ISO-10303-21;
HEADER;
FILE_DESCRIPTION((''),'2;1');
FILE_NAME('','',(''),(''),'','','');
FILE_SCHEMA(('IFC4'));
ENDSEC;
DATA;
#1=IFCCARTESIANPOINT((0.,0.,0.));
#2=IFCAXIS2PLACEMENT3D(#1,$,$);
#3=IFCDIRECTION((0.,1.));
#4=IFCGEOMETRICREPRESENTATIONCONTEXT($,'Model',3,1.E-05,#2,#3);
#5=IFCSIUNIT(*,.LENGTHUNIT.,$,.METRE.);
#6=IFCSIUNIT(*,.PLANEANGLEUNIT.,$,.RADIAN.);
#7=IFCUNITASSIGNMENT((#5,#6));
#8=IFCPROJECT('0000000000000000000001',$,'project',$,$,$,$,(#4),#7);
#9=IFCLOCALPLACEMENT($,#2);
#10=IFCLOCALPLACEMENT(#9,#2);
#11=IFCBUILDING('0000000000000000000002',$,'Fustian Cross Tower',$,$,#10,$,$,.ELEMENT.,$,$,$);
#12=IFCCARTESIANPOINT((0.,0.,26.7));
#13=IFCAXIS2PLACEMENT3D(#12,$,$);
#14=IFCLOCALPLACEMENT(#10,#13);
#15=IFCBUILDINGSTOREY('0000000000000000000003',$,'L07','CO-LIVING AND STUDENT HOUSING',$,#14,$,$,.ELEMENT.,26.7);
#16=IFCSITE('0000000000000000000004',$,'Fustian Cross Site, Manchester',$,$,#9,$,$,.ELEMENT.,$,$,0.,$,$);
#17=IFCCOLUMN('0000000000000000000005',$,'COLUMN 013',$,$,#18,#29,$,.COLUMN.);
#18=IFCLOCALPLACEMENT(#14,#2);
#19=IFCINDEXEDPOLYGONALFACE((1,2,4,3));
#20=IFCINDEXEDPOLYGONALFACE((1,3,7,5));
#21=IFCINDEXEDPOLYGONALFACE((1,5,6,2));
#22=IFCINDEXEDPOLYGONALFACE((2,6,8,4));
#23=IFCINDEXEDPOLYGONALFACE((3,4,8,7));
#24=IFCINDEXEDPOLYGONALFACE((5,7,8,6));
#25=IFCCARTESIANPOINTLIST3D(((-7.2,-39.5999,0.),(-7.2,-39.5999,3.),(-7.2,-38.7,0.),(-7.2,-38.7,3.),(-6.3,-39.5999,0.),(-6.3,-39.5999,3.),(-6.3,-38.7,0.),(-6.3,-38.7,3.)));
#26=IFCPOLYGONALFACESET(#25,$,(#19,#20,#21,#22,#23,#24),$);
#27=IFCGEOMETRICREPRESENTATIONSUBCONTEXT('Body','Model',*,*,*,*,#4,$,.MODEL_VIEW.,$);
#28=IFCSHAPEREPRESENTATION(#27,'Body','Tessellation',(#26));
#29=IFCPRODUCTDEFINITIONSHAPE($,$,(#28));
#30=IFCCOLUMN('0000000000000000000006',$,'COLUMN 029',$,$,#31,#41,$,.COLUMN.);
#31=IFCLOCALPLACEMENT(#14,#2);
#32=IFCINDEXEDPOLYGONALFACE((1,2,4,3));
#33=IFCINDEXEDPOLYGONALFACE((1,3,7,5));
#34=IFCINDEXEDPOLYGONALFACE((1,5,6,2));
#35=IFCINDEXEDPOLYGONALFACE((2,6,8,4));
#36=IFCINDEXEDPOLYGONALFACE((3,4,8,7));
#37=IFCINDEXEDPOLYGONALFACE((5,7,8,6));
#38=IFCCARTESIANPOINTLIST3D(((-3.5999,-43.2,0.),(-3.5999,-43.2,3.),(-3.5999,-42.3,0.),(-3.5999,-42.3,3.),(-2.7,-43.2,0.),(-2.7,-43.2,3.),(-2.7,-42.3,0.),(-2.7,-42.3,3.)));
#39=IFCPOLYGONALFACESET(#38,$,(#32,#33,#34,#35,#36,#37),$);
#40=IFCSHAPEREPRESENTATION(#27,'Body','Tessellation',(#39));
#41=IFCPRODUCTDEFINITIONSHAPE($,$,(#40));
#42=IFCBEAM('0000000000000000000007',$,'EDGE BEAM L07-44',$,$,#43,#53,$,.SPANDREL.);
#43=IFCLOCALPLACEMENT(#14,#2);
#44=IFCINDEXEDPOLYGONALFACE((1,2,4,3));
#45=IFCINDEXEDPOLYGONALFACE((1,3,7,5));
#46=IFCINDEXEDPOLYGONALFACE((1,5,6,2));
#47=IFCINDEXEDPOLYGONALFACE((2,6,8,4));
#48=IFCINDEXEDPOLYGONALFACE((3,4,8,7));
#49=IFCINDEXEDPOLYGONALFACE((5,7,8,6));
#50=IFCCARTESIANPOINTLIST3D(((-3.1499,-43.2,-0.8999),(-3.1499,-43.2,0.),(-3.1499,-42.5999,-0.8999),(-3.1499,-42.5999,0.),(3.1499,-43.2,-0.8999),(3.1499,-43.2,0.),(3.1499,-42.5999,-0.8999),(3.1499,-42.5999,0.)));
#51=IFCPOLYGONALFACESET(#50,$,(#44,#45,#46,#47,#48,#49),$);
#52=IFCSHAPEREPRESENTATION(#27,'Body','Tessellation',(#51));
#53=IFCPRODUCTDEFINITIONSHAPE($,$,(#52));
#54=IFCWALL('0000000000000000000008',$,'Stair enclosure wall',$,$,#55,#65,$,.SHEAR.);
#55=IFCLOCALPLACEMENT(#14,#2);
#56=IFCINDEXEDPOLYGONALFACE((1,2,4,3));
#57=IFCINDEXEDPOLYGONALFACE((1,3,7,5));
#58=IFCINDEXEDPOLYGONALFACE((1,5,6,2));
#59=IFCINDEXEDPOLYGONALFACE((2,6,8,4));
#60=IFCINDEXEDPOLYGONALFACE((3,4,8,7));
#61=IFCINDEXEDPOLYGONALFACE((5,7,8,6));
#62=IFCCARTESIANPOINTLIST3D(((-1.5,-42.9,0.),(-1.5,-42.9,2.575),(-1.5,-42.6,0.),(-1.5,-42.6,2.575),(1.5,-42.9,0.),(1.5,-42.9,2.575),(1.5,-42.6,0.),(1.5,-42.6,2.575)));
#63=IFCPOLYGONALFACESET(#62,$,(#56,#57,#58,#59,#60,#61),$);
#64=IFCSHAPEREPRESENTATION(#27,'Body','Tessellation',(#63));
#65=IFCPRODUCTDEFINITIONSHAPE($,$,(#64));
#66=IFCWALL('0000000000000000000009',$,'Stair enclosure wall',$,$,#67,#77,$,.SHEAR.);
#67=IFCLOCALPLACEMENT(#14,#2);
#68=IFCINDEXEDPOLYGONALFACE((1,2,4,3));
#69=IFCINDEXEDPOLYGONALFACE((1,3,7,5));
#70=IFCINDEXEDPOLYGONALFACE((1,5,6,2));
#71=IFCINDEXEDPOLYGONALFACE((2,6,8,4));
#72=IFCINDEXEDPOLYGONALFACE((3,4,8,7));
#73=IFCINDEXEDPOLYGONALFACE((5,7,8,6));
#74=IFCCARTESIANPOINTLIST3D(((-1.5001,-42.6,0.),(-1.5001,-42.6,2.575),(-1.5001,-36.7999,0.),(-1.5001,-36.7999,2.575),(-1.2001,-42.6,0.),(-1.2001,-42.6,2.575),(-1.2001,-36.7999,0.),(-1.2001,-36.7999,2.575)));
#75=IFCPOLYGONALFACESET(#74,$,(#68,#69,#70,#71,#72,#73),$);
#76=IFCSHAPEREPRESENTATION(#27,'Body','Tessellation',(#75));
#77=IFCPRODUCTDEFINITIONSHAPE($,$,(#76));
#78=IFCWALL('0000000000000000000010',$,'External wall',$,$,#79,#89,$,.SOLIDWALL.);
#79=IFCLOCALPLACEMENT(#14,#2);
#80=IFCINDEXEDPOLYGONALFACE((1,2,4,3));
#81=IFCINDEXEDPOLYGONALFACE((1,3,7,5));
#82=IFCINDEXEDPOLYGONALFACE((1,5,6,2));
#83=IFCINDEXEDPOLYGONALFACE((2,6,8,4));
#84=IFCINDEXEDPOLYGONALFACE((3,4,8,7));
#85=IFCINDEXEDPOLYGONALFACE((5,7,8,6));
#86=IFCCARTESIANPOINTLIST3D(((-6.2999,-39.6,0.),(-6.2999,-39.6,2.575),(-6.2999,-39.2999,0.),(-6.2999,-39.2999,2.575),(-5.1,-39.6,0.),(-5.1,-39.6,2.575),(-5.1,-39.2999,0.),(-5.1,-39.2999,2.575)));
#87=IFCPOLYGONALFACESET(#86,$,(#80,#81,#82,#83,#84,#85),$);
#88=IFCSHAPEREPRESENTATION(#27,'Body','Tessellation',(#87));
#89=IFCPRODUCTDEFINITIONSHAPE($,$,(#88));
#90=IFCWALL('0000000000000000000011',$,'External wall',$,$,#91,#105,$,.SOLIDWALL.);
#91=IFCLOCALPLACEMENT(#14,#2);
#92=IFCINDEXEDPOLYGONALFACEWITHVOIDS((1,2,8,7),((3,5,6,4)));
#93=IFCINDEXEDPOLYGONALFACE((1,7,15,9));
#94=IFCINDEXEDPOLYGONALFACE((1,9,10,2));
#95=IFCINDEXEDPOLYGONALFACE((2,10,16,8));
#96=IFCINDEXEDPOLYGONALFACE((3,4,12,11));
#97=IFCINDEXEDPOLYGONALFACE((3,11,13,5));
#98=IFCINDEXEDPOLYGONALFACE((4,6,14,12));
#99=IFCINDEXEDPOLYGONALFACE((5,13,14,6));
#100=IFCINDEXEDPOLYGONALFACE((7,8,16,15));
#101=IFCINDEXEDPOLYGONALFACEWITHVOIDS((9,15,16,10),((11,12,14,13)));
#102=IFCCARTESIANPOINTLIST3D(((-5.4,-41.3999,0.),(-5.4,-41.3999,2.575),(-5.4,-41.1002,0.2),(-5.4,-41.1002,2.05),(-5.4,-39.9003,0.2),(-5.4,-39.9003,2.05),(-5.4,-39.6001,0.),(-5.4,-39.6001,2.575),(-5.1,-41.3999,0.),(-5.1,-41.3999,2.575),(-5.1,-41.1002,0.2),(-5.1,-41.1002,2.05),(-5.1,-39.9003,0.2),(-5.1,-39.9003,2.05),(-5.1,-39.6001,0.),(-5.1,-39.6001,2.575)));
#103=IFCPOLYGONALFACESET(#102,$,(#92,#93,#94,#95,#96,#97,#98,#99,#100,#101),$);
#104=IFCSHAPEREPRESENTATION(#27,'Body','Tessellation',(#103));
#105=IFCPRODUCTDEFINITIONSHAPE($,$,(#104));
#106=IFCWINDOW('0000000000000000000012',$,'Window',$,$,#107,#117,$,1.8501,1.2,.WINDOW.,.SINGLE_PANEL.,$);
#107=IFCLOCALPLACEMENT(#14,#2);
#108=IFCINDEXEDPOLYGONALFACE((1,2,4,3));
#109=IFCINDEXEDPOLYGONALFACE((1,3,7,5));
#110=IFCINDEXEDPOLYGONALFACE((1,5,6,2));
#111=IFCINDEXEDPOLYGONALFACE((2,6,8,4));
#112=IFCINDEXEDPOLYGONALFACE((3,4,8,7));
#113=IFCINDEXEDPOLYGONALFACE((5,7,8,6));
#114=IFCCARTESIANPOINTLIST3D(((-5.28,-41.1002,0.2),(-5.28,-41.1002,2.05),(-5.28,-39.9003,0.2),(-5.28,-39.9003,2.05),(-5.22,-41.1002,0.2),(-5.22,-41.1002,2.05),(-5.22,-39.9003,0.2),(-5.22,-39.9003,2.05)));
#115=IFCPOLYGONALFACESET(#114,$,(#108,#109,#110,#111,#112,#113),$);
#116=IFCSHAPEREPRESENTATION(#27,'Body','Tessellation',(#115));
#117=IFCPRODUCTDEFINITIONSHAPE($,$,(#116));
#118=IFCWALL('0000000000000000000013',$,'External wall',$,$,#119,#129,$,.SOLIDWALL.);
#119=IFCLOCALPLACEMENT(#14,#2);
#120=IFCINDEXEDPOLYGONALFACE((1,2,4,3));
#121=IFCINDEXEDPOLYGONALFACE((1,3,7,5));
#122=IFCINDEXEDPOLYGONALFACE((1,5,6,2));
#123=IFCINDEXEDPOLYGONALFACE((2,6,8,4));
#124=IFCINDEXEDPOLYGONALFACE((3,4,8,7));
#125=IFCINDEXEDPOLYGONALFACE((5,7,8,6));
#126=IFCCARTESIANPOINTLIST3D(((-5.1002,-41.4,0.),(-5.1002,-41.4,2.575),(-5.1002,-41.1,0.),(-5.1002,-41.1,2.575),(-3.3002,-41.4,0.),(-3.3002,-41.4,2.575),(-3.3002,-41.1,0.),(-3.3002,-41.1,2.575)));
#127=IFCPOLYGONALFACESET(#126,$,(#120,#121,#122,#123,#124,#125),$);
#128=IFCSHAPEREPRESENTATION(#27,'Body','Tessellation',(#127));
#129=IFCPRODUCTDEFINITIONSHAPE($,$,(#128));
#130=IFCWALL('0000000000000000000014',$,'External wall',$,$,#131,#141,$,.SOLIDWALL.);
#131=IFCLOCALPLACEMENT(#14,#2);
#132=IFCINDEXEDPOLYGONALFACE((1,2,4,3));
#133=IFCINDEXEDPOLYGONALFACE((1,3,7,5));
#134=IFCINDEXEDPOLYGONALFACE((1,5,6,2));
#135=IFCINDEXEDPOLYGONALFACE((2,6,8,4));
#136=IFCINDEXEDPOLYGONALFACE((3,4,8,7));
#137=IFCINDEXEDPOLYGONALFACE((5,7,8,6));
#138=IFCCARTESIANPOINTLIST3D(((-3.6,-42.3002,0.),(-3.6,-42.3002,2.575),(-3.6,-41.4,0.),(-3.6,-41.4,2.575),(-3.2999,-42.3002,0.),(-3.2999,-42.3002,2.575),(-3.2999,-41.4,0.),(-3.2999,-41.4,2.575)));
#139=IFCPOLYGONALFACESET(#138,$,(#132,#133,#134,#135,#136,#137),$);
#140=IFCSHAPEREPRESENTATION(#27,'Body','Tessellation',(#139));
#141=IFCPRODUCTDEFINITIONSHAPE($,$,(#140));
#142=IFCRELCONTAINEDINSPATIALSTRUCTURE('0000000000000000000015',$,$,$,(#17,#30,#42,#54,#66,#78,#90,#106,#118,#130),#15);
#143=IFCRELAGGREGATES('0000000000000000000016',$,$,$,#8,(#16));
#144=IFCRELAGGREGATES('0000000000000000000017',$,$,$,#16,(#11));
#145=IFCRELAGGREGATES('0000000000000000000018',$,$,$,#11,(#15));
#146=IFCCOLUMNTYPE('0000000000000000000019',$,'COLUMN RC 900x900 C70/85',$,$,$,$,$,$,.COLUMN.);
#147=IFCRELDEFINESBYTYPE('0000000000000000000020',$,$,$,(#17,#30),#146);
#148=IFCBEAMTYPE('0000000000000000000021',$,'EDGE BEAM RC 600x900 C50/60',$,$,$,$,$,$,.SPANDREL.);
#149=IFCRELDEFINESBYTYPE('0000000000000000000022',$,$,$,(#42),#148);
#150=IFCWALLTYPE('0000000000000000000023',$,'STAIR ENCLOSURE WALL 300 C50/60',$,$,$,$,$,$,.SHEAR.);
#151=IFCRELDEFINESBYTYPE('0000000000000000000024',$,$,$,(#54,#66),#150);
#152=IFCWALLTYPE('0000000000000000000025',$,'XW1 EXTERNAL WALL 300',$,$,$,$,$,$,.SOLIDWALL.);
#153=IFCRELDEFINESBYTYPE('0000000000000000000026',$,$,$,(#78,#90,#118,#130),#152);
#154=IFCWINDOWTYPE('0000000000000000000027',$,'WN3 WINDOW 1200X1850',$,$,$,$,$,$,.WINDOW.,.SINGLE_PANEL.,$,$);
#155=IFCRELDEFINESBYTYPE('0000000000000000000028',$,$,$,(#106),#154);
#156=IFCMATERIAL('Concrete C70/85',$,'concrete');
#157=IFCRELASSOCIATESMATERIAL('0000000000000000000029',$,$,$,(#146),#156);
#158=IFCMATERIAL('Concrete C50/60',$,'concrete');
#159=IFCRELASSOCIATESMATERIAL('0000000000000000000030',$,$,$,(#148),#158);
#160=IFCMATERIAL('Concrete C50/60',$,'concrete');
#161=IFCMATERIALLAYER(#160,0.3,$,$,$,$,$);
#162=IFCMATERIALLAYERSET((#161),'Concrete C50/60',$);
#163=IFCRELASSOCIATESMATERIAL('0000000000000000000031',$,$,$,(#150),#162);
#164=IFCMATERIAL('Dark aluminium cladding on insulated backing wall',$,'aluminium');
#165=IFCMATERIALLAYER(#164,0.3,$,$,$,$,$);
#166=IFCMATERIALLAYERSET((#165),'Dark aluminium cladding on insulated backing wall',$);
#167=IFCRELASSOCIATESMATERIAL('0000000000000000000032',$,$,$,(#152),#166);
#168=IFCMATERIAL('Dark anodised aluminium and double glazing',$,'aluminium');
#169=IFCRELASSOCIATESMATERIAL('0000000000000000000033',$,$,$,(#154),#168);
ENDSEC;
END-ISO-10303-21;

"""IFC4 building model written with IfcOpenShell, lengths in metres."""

from ifc_helpers import new_model, si_unit, direction, frame, frame_2d, origin, origin_2d, place, context, subcontext, project, spatial, rectangle, extrude, material, layer, layer_set, material_profile, profile_set, type_object, element, fill, save


model = new_model("IFC4")

# Units and contexts
model_context = context("Model", 3, precision=1e-05, world=origin(), true_north=direction((0.0, 1.0)))
body_context = subcontext(model_context, "Body", "Model", "MODEL_VIEW")
ifc_project = project(units=[si_unit("LENGTHUNIT", "METRE"), si_unit("PLANEANGLEUNIT", "RADIAN")], contexts=[model_context])

# Site, building, storey
site_placement = place(None, origin())
site = spatial("IfcSite", under=ifc_project, at=site_placement, Name="Fustian Cross Site, Manchester", CompositionType="ELEMENT", RefElevation=0.0)
building_placement = place(site_placement, origin())
building = spatial("IfcBuilding", under=site, at=building_placement, Name="Fustian Cross Tower", CompositionType="ELEMENT")
storey_placement = place(building_placement, frame((0.0, 0.0, 26.7)))
storey = spatial("IfcBuildingStorey", under=building, at=storey_placement, Name="L07", Description="CO-LIVING AND STUDENT HOUSING", CompositionType="ELEMENT", Elevation=26.7)

# Columns
ifc_material_1 = material(Name="Concrete C70/85", Category="concrete")
ifc_material_profile_1 = material_profile(ifc_material_1, rectangle(XDim=0.8999, YDim=0.8999, at=origin_2d()), Name="RC 900x900")
ifc_profile_set_1 = profile_set([ifc_material_profile_1], Name="Concrete C70/85")
column_type = type_object("IfcColumnType", Name="COLUMN RC 900x900 C70/85", PredefinedType="COLUMN", material=ifc_profile_set_1)
for number, where, z_axis, x_axis, name in (
    (1, (-6.75, -39.1499, 0.0), (0.0, 0.0, 1.0), (1.0, 0.0, 0.0), "COLUMN 013"),
    (2, (-3.1499, -42.75, 0.0), (0.0, 0.0, 1.0), (1.0, 0.0, 0.0), "COLUMN 029"),
):
    element("IfcColumn", number, at=place(storey_placement, frame(where, z_axis=z_axis, x_axis=x_axis)), inside=storey, type_object=column_type, Name=name, PredefinedType="COLUMN", context=body_context, shape_type="SweptSolid", body=[
        extrude(rectangle(XDim=0.8999, YDim=0.8999, at=origin_2d()), origin(), (0.0, 0.0, 1.0), 3.0),
    ])

# Beam
ifc_material_2 = material(Name="Concrete C50/60", Category="concrete")
ifc_material_profile_2 = material_profile(ifc_material_2, rectangle(XDim=0.6001, YDim=0.8999, at=origin_2d()), Name="RC 600x900")
ifc_profile_set_2 = profile_set([ifc_material_profile_2], Name="Concrete C50/60")
beam_type = type_object("IfcBeamType", Name="EDGE BEAM RC 600x900 C50/60", PredefinedType="SPANDREL", material=ifc_profile_set_2)
beam_placement = place(storey_placement, frame((-3.1499, -42.8999, -0.45), z_axis=(1.0, 0.0, 0.0), x_axis=(0.0, 1.0, 0.0)))
element("IfcBeam", 3, at=beam_placement, inside=storey, type_object=beam_type, Name="EDGE BEAM L07-44", PredefinedType="SPANDREL", context=body_context, shape_type="SweptSolid", body=[
    extrude(rectangle(XDim=0.6001, YDim=0.8999, at=origin_2d()), origin(), (0.0, 0.0, 1.0), 6.2998),
])

# Walls
ifc_material_3 = material(Name="Concrete C50/60", Category="concrete")
ifc_layer_1 = layer(ifc_material_3, 0.3)
ifc_layer_set_1 = layer_set([ifc_layer_1], Name="Concrete C50/60")
wall_type_1 = type_object("IfcWallType", Name="STAIR ENCLOSURE WALL 300 C50/60", PredefinedType="SHEAR", material=ifc_layer_set_1)
wall_1_placement = place(storey_placement, frame((-1.5, -42.75, 0.0), z_axis=(0.0, 0.0, 1.0), x_axis=(1.0, 0.0, 0.0)))
element("IfcWall", 4, at=wall_1_placement, inside=storey, type_object=wall_type_1, Name="Stair enclosure wall", PredefinedType="SHEAR", context=body_context, shape_type="SweptSolid", body=[
    extrude(rectangle(XDim=3.0, YDim=0.3, at=frame_2d((1.5, 0.0))), origin(), (0.0, 0.0, 1.0), 2.575),
])
wall_2_placement = place(storey_placement, frame((-1.3501, -36.8, 0.0), z_axis=(0.0, 0.0, 1.0), x_axis=(0.0, -1.0, 0.0)))
element("IfcWall", 5, at=wall_2_placement, inside=storey, type_object=wall_type_1, Name="Stair enclosure wall", PredefinedType="SHEAR", context=body_context, shape_type="SweptSolid", body=[
    extrude(rectangle(XDim=5.8, YDim=0.3, at=frame_2d((2.8999, 0.0))), origin(), (0.0, 0.0, 1.0), 2.575),
])
ifc_material_4 = material(Name="Dark aluminium cladding on insulated backing wall", Category="aluminium")
ifc_layer_2 = layer(ifc_material_4, 0.3)
ifc_layer_set_2 = layer_set([ifc_layer_2], Name="Dark aluminium cladding on insulated backing wall")
wall_type_2 = type_object("IfcWallType", Name="XW1 EXTERNAL WALL 300", PredefinedType="SOLIDWALL", material=ifc_layer_set_2)
wall_3_placement = place(storey_placement, frame((-6.3, -39.45, 0.0), z_axis=(0.0, 0.0, 1.0), x_axis=(1.0, 0.0, 0.0)))
element("IfcWall", 6, at=wall_3_placement, inside=storey, type_object=wall_type_2, Name="External wall", PredefinedType="SOLIDWALL", context=body_context, shape_type="SweptSolid", body=[
    extrude(rectangle(XDim=1.2, YDim=0.3, at=frame_2d((0.6001, 0.0))), origin(), (0.0, 0.0, 1.0), 2.575),
])

# Wall, opening, window
wall_4_placement = place(storey_placement, frame((-5.25, -39.6001, 0.0), z_axis=(0.0, 0.0, 1.0), x_axis=(0.0, -1.0, 0.0)))
wall_4 = element("IfcWall", 7, at=wall_4_placement, inside=storey, type_object=wall_type_2, Name="External wall", PredefinedType="SOLIDWALL", context=body_context, shape_type="SweptSolid", body=[
    extrude(rectangle(XDim=1.7998, YDim=0.3, at=frame_2d((0.8999, 0.0))), origin(), (0.0, 0.0, 1.0), 2.575),
])
opening_1_placement = place(wall_4_placement, frame((0.3, 0.0, 0.2)))
opening_1 = element("IfcOpeningElement", 8, at=opening_1_placement, cuts=wall_4, PredefinedType="OPENING", context=body_context, shape_type="SweptSolid", body=[
    extrude(rectangle(XDim=1.2, YDim=1.8501, at=frame_2d((0.6001, 0.925))), frame((0.0, 0.1599, 0.0), z_axis=(0.0, -1.0, 0.0), x_axis=(1.0, 0.0, 0.0)), (0.0, 0.0, 1.0), 0.3201),
])
ifc_material_5 = material(Name="Dark anodised aluminium and double glazing", Category="aluminium")
window_type_1 = type_object("IfcWindowType", Name="WN3 WINDOW 1200X1850", PartitioningType="SINGLE_PANEL", PredefinedType="WINDOW", material=ifc_material_5)
window_1_placement = place(opening_1_placement, origin())
window_1 = element("IfcWindow", 9, at=window_1_placement, inside=storey, type_object=window_type_1, Name="Window", OverallHeight=1.8501, OverallWidth=1.2, PartitioningType="SINGLE_PANEL", PredefinedType="WINDOW", context=body_context, shape_type="SweptSolid", body=[
    extrude(rectangle(XDim=1.2, YDim=1.8501, at=frame_2d((0.6001, 0.925))), frame((0.0, 0.03, 0.0), z_axis=(0.0, -1.0, 0.0), x_axis=(1.0, 0.0, 0.0)), (0.0, 0.0, 1.0), 0.0601),
])
fill(opening_1, window_1)

# Walls
wall_5_placement = place(storey_placement, frame((-5.1001, -41.25, 0.0), z_axis=(0.0, 0.0, 1.0), x_axis=(1.0, 0.0, 0.0)))
element("IfcWall", 10, at=wall_5_placement, inside=storey, type_object=wall_type_2, Name="External wall", PredefinedType="SOLIDWALL", context=body_context, shape_type="SweptSolid", body=[
    extrude(rectangle(XDim=1.8, YDim=0.3, at=frame_2d((0.8999, 0.0))), origin(), (0.0, 0.0, 1.0), 2.575),
])
wall_6_placement = place(storey_placement, frame((-3.45, -41.3999, 0.0), z_axis=(0.0, 0.0, 1.0), x_axis=(0.0, -1.0, 0.0)))
element("IfcWall", 11, at=wall_6_placement, inside=storey, type_object=wall_type_2, Name="External wall", PredefinedType="SOLIDWALL", context=body_context, shape_type="SweptSolid", body=[
    extrude(rectangle(XDim=0.9001, YDim=0.3, at=frame_2d((0.4502, 0.0))), origin(), (0.0, 0.0, 1.0), 2.575),
])

save(model, "model.ifc")
